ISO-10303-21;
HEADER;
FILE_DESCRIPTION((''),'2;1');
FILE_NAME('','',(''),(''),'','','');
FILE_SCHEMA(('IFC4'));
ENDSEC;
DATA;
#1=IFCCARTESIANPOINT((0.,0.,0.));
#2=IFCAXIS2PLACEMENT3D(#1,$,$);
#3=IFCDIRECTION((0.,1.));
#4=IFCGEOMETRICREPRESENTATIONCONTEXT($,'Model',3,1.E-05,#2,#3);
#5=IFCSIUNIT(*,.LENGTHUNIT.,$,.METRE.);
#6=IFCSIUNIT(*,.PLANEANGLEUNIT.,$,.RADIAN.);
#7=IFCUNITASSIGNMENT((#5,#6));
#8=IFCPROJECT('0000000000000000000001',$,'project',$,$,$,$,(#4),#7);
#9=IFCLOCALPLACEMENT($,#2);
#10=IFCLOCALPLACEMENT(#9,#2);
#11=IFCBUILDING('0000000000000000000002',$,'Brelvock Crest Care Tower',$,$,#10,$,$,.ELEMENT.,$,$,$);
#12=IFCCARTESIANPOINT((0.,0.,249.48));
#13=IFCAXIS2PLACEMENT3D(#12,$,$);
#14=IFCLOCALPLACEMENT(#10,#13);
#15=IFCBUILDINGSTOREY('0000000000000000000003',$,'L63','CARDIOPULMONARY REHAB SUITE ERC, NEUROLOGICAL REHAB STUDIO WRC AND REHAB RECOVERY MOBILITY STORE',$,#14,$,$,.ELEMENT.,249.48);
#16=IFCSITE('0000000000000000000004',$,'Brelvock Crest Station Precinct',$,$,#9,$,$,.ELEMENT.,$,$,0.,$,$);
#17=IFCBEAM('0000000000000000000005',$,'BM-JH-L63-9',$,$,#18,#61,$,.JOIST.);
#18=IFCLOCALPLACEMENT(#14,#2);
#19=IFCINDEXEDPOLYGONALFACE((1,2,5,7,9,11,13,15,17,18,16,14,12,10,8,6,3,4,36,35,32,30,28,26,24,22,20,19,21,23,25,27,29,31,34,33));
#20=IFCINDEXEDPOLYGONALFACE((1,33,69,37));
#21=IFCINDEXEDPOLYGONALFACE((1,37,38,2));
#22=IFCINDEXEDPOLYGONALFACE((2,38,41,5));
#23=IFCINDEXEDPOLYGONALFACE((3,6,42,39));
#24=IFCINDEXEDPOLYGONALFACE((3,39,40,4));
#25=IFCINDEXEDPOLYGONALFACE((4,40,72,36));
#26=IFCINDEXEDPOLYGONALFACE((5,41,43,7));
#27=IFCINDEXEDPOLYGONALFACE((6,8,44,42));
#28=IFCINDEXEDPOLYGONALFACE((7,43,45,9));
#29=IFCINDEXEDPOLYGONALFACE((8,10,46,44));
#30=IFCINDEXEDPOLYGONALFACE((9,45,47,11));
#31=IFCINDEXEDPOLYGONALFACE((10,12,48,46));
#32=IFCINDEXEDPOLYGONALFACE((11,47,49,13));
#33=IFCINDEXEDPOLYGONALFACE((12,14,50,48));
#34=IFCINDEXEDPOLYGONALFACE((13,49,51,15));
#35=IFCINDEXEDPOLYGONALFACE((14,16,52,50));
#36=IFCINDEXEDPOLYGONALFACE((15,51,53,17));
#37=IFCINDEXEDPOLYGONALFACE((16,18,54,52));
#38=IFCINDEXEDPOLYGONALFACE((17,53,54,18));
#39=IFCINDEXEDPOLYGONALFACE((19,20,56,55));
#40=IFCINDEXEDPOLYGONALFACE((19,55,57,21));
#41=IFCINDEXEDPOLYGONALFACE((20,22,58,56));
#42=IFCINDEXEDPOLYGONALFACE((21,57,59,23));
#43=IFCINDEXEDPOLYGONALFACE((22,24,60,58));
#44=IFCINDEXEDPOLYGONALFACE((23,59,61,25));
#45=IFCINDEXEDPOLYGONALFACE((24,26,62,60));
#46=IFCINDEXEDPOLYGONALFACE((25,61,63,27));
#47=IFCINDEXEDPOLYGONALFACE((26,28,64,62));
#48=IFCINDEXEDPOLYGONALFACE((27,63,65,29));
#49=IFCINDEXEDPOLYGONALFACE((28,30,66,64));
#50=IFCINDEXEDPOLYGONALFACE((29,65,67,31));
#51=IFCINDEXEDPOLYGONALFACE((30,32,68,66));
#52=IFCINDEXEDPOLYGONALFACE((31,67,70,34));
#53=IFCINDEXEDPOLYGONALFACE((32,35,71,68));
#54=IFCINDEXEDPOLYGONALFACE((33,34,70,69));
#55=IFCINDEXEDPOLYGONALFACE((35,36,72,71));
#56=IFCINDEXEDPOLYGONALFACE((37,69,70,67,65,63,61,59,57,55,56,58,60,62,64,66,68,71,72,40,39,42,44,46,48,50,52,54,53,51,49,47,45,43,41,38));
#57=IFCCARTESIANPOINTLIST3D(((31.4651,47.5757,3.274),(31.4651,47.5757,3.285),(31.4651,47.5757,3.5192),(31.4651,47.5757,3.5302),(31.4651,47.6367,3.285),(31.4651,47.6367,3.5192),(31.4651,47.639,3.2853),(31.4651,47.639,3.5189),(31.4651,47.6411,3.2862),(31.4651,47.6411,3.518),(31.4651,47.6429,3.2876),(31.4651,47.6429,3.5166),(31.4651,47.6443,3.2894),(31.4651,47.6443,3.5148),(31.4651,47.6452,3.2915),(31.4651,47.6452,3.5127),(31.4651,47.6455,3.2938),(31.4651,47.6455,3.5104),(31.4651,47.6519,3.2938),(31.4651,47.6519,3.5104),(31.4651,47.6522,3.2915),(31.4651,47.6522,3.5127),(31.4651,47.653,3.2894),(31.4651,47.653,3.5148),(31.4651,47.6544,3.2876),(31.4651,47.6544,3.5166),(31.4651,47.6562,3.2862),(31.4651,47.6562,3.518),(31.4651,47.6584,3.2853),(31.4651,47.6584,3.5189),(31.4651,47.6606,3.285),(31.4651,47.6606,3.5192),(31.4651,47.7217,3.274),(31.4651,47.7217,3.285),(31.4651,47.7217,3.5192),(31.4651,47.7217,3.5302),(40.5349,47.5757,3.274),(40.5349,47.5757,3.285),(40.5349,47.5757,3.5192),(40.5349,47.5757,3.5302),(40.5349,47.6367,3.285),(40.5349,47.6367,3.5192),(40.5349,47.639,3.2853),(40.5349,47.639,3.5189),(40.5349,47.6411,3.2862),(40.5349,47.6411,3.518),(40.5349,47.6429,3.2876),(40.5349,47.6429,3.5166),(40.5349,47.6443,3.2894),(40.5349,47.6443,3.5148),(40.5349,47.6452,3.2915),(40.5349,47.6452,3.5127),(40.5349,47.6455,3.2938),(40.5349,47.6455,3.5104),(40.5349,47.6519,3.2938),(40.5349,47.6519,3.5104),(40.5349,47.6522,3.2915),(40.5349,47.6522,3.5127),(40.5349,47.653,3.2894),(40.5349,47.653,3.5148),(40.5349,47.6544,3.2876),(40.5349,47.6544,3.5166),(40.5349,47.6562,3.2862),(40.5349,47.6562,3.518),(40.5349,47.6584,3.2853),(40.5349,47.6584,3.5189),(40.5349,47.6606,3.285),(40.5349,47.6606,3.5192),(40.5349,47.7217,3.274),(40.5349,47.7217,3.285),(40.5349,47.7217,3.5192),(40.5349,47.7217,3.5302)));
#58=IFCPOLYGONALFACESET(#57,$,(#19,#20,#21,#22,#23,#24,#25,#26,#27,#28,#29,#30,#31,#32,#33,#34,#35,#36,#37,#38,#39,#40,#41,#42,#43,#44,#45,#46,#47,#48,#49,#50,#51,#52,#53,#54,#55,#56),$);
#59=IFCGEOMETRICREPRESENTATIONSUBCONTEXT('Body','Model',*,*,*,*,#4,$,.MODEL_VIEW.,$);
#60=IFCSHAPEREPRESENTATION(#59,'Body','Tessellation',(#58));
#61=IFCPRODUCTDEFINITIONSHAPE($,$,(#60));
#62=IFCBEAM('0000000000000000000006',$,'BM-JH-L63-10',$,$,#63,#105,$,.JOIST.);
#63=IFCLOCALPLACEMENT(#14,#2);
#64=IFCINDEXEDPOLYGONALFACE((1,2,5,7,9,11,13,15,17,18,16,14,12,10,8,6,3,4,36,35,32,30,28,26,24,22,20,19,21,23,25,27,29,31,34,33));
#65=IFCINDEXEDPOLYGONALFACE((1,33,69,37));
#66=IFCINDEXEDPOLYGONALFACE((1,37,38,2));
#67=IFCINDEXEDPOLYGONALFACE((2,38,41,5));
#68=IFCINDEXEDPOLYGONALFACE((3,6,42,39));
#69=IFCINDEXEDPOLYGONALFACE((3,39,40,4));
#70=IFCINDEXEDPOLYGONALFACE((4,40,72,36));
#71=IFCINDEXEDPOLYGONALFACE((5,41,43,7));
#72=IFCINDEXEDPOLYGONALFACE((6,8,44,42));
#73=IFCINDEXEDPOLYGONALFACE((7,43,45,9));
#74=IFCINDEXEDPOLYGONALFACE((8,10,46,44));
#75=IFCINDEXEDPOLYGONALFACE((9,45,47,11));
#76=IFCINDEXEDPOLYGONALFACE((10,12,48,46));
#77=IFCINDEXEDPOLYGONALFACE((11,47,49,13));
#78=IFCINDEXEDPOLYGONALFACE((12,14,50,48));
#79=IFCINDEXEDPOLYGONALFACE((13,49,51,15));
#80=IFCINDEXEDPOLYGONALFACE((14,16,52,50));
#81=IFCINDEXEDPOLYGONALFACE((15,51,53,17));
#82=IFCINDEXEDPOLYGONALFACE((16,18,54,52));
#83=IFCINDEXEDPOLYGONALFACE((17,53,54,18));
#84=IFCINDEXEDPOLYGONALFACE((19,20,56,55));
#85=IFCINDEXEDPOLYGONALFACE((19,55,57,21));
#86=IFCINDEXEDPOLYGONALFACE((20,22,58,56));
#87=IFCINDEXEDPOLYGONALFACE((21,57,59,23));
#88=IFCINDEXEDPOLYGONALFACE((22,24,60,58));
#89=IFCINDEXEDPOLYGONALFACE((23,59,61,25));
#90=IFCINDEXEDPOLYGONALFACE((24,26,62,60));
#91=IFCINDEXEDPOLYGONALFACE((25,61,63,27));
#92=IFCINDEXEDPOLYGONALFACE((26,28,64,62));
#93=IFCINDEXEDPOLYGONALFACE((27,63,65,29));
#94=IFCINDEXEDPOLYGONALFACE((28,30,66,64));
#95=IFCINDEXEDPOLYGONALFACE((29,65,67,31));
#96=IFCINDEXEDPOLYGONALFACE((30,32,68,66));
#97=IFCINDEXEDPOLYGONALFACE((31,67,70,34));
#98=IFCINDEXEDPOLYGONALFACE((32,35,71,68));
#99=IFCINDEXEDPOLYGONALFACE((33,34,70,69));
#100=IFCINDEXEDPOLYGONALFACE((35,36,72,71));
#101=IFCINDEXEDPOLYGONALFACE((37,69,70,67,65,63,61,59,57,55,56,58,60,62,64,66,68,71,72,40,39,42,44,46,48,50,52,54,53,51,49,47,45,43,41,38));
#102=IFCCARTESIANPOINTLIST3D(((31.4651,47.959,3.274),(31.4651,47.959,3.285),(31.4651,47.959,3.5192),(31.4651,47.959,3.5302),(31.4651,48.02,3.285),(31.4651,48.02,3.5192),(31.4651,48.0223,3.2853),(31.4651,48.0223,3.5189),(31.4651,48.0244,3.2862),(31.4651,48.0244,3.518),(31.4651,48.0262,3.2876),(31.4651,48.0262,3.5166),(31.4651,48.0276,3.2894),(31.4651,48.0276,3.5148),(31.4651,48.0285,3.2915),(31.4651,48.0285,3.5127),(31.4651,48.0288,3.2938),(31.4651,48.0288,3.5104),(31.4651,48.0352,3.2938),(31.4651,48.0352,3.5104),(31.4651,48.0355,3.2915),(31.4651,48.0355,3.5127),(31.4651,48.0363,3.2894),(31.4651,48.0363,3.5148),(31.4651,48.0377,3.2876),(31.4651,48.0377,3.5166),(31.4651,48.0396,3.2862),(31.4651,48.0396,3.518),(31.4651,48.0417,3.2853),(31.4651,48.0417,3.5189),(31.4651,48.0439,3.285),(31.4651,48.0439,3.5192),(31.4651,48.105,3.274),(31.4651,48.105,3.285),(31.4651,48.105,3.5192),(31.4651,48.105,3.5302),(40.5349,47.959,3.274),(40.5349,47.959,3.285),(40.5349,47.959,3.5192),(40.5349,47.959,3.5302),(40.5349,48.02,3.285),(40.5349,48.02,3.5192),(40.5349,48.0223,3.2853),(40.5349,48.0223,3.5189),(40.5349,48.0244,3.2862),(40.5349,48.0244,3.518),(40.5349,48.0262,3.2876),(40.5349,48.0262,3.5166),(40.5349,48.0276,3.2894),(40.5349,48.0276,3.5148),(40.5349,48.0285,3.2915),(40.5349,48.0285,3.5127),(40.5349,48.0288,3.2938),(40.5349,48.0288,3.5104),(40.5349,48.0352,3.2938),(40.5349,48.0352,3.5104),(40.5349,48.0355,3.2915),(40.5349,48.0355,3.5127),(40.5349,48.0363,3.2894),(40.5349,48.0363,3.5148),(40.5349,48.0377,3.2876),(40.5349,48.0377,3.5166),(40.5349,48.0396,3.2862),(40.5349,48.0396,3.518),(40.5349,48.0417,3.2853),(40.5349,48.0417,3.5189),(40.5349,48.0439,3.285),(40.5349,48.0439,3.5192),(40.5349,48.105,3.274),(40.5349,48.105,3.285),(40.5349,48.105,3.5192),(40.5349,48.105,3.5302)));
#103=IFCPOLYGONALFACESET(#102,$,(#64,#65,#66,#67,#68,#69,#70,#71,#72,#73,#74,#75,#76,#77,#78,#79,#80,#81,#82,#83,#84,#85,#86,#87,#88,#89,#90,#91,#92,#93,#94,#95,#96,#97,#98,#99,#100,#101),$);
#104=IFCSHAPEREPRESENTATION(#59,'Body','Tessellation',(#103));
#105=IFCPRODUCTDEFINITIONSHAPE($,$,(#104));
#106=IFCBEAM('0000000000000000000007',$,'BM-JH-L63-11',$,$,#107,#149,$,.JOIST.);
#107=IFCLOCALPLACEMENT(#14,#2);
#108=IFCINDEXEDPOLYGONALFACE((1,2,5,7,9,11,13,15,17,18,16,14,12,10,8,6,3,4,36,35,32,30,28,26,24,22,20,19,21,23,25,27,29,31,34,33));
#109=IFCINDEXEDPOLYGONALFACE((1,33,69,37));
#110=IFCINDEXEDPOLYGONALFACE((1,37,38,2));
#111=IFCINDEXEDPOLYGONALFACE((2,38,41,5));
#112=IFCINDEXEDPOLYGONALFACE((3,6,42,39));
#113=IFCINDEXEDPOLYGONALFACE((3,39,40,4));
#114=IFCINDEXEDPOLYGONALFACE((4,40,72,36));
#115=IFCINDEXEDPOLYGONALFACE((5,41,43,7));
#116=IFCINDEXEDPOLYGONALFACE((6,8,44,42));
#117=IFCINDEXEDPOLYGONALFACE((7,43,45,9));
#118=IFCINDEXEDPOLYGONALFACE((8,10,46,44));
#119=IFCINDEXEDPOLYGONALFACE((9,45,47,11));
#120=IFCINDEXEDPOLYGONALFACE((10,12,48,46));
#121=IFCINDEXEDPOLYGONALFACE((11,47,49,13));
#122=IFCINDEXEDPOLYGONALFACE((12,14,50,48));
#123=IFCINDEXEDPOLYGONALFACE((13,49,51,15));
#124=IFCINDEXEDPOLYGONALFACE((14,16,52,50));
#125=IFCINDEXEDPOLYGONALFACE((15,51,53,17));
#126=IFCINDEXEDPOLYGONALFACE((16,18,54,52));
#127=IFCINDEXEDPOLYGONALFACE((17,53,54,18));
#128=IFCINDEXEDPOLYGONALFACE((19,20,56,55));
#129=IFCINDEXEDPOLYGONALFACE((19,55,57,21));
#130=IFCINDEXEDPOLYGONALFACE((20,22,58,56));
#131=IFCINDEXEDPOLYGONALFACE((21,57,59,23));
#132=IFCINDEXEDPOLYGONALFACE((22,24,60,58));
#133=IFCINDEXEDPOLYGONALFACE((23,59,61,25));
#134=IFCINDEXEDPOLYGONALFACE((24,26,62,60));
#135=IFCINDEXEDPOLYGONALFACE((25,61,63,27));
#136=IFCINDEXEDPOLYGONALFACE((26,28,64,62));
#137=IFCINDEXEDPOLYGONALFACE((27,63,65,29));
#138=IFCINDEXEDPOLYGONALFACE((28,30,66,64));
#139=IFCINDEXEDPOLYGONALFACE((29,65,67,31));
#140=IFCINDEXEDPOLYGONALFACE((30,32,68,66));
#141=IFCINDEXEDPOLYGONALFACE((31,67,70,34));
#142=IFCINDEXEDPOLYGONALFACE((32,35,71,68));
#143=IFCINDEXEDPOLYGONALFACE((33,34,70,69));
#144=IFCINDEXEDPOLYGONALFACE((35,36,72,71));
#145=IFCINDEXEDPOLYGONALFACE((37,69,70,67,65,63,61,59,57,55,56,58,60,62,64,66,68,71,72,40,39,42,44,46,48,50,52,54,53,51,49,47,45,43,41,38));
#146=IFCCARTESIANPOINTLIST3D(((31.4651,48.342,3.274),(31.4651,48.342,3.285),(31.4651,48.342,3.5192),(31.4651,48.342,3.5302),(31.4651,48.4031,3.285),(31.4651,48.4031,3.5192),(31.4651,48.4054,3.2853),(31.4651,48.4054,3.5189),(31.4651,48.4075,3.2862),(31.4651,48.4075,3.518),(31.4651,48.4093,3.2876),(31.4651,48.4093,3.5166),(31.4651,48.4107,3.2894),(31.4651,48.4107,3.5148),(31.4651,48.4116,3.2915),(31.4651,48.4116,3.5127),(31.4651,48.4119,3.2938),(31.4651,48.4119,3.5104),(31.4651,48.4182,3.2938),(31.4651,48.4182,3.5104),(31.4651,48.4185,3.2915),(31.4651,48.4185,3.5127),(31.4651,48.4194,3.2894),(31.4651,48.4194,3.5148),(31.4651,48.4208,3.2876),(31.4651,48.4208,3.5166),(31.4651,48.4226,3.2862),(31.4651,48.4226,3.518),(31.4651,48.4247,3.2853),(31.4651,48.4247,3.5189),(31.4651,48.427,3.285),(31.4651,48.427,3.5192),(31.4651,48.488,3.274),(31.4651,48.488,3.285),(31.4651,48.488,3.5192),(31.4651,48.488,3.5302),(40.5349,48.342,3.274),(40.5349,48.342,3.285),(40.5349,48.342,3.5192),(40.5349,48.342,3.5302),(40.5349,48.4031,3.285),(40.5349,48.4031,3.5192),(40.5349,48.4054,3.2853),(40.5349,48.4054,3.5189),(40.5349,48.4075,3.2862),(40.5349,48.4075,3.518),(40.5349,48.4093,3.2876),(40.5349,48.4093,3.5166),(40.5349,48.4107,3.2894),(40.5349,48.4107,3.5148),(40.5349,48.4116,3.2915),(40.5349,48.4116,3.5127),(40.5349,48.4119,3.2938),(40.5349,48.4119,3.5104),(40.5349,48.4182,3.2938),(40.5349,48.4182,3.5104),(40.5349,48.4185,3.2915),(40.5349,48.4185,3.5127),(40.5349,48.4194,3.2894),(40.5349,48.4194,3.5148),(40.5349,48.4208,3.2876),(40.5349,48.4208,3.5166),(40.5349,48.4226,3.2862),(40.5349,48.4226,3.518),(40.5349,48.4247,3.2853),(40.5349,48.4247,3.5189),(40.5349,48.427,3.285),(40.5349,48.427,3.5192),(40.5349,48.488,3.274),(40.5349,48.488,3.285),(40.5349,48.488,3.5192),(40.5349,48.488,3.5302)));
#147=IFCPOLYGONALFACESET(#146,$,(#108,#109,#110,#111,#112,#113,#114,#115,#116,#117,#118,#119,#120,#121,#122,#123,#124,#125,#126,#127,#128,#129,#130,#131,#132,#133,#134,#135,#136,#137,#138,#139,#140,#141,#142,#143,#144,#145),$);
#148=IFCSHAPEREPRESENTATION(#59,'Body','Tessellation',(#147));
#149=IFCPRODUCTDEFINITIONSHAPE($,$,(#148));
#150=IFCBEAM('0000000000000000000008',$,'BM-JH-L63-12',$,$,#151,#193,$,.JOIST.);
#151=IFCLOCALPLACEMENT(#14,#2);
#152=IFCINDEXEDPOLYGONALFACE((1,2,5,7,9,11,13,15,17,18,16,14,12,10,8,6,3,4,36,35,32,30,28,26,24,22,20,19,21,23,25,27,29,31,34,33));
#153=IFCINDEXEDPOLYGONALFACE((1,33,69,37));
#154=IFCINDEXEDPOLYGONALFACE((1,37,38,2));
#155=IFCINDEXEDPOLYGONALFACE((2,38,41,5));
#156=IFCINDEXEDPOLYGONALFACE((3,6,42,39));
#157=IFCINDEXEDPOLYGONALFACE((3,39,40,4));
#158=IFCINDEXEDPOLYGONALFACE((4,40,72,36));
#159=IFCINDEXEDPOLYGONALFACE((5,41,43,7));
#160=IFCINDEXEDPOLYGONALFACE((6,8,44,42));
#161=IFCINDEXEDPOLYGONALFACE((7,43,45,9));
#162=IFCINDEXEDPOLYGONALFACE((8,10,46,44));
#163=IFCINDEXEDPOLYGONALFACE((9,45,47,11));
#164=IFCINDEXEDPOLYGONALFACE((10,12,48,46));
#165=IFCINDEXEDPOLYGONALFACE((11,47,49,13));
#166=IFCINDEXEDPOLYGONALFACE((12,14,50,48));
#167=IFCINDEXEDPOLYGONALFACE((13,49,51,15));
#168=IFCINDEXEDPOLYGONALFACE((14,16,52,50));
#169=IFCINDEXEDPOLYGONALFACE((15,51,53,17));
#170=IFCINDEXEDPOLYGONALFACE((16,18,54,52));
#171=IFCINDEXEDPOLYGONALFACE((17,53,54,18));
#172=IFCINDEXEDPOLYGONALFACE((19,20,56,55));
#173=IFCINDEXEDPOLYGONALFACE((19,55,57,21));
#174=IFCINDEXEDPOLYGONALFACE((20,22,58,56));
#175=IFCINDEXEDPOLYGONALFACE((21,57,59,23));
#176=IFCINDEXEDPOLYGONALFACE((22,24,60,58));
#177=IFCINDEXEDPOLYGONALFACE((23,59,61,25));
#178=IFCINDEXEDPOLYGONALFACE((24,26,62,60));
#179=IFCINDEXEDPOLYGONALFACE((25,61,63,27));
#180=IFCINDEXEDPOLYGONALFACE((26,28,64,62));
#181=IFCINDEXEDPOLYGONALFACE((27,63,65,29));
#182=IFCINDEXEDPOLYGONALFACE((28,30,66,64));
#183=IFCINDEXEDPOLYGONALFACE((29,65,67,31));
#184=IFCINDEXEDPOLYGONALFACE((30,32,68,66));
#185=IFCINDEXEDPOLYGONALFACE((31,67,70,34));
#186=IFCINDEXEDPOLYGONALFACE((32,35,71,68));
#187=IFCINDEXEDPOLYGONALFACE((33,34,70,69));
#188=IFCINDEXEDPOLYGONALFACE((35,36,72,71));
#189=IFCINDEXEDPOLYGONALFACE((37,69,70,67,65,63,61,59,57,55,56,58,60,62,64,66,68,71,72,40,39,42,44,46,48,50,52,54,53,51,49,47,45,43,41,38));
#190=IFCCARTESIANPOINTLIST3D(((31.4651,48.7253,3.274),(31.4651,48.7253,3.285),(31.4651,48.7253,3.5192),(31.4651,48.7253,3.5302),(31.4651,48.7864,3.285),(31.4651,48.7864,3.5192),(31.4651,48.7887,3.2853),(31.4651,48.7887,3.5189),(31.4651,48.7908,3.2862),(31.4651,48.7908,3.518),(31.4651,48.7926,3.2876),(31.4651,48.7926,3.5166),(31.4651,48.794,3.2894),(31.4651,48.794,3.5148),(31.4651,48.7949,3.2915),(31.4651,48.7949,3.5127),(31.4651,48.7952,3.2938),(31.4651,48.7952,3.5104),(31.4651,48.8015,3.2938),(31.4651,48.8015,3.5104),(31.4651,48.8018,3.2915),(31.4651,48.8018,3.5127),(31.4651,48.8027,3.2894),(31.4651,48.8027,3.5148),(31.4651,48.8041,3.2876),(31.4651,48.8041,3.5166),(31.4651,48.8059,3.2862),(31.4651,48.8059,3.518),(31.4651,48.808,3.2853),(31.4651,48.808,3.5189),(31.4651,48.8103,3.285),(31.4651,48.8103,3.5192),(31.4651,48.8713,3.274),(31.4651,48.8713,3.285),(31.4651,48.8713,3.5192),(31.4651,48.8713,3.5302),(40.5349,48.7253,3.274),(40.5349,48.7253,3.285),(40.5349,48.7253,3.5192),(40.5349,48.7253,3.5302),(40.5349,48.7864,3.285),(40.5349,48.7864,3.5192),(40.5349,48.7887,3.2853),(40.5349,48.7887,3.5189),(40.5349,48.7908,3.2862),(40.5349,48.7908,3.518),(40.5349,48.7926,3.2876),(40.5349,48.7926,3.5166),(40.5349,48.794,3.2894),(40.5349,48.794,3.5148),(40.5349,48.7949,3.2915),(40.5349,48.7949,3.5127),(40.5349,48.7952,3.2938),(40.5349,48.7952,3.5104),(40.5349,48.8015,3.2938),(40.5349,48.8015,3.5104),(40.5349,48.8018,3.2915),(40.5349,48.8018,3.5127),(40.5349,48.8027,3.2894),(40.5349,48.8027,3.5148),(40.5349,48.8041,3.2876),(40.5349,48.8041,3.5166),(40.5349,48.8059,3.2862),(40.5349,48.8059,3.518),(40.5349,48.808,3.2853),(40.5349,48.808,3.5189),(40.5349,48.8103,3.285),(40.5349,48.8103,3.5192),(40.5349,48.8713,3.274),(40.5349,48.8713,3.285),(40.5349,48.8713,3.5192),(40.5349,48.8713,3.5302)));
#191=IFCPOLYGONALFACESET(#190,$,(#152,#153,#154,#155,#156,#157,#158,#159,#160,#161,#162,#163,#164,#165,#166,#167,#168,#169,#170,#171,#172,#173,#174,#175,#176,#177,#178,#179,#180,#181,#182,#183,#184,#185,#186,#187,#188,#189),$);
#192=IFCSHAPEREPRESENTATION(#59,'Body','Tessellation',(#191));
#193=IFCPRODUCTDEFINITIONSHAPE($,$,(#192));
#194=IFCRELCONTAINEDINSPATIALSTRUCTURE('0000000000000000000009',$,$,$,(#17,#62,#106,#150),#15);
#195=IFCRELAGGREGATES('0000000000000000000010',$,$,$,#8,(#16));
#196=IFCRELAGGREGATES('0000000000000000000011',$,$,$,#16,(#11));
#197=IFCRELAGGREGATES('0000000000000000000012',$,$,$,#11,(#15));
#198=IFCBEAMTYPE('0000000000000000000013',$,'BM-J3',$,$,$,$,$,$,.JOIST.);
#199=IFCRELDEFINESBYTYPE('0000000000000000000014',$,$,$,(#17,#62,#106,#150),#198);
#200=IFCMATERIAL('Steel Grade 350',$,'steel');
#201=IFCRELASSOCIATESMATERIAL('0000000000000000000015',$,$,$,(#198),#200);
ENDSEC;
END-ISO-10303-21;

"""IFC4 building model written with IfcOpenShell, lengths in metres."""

from ifc_helpers import new_model, si_unit, direction, frame, origin, origin_2d, place, context, subcontext, project, spatial, i_section, extrude, source, transform, mapped, material, material_profile, profile_set, type_object, element, save


model = new_model("IFC4")

# Units and contexts
model_context = context("Model", 3, precision=1e-05, world=origin(), true_north=direction((0.0, 1.0)))
body_context = subcontext(model_context, "Body", "Model", "MODEL_VIEW")
ifc_project = project(units=[si_unit("LENGTHUNIT", "METRE"), si_unit("PLANEANGLEUNIT", "RADIAN")], contexts=[model_context])

# Site, building, storey
site_placement = place(None, origin())
site = spatial("IfcSite", under=ifc_project, at=site_placement, Name="Brelvock Crest Station Precinct", CompositionType="ELEMENT", RefElevation=0.0)
building_placement = place(site_placement, origin())
building = spatial("IfcBuilding", under=site, at=building_placement, Name="Brelvock Crest Care Tower", CompositionType="ELEMENT")
storey_placement = place(building_placement, frame((0.0, 0.0, 249.48)))
storey = spatial("IfcBuildingStorey", under=building, at=storey_placement, Name="L63", Description="CARDIOPULMONARY REHAB SUITE ERC, NEUROLOGICAL REHAB STUDIO WRC AND REHAB RECOVERY MOBILITY STORE", CompositionType="ELEMENT", Elevation=249.48)

# Beams
ifc_material_1 = material(Name="Steel Grade 350", Category="steel")
ifc_material_profile_1 = material_profile(ifc_material_1, i_section(OverallWidth=0.146, OverallDepth=0.2561, WebThickness=0.0063, FlangeThickness=0.011, FilletRadius=0.0088, at=origin_2d()), Name="250UB37.3")
ifc_profile_set_1 = profile_set([ifc_material_profile_1], Name="Steel Grade 350")
beam_type_1 = type_object("IfcBeamType", Name="BM-J3", PredefinedType="JOIST", material=ifc_profile_set_1)
shared_shape_1 = source(origin(), body_context, "Body", "SweptSolid", [
    extrude(i_section(OverallWidth=0.146, OverallDepth=0.2561, WebThickness=0.0063, FlangeThickness=0.011, FilletRadius=0.0088, at=origin_2d()), origin(), (0.0, 0.0, 1.0), 9.0698),
])
for number, where, z_axis, x_axis, name in (
    (1, (31.4651, 47.6487, 3.4021), (1.0, 0.0, 0.0), (0.0, 1.0, 0.0), "BM-JH-L63-9"),
    (2, (31.4651, 48.032, 3.4021), (1.0, 0.0, 0.0), (0.0, 1.0, 0.0), "BM-JH-L63-10"),
    (3, (31.4651, 48.415, 3.4021), (1.0, 0.0, 0.0), (0.0, 1.0, 0.0), "BM-JH-L63-11"),
    (4, (31.4651, 48.7983, 3.4021), (1.0, 0.0, 0.0), (0.0, 1.0, 0.0), "BM-JH-L63-12"),
):
    element("IfcBeam", number, at=place(storey_placement, frame(where, z_axis=z_axis, x_axis=x_axis)), inside=storey, type_object=beam_type_1, Name=name, PredefinedType="JOIST", context=body_context, shape_type="MappedRepresentation", body=[
        mapped(shared_shape_1, transform((0.0, 0.0, 0.0), x_axis=(1.0, 0.0, 0.0), y_axis=(0.0, 1.0, 0.0), z_axis=(0.0, 0.0, 1.0), scale=1.0)),
    ])

save(model, "model.ifc")
